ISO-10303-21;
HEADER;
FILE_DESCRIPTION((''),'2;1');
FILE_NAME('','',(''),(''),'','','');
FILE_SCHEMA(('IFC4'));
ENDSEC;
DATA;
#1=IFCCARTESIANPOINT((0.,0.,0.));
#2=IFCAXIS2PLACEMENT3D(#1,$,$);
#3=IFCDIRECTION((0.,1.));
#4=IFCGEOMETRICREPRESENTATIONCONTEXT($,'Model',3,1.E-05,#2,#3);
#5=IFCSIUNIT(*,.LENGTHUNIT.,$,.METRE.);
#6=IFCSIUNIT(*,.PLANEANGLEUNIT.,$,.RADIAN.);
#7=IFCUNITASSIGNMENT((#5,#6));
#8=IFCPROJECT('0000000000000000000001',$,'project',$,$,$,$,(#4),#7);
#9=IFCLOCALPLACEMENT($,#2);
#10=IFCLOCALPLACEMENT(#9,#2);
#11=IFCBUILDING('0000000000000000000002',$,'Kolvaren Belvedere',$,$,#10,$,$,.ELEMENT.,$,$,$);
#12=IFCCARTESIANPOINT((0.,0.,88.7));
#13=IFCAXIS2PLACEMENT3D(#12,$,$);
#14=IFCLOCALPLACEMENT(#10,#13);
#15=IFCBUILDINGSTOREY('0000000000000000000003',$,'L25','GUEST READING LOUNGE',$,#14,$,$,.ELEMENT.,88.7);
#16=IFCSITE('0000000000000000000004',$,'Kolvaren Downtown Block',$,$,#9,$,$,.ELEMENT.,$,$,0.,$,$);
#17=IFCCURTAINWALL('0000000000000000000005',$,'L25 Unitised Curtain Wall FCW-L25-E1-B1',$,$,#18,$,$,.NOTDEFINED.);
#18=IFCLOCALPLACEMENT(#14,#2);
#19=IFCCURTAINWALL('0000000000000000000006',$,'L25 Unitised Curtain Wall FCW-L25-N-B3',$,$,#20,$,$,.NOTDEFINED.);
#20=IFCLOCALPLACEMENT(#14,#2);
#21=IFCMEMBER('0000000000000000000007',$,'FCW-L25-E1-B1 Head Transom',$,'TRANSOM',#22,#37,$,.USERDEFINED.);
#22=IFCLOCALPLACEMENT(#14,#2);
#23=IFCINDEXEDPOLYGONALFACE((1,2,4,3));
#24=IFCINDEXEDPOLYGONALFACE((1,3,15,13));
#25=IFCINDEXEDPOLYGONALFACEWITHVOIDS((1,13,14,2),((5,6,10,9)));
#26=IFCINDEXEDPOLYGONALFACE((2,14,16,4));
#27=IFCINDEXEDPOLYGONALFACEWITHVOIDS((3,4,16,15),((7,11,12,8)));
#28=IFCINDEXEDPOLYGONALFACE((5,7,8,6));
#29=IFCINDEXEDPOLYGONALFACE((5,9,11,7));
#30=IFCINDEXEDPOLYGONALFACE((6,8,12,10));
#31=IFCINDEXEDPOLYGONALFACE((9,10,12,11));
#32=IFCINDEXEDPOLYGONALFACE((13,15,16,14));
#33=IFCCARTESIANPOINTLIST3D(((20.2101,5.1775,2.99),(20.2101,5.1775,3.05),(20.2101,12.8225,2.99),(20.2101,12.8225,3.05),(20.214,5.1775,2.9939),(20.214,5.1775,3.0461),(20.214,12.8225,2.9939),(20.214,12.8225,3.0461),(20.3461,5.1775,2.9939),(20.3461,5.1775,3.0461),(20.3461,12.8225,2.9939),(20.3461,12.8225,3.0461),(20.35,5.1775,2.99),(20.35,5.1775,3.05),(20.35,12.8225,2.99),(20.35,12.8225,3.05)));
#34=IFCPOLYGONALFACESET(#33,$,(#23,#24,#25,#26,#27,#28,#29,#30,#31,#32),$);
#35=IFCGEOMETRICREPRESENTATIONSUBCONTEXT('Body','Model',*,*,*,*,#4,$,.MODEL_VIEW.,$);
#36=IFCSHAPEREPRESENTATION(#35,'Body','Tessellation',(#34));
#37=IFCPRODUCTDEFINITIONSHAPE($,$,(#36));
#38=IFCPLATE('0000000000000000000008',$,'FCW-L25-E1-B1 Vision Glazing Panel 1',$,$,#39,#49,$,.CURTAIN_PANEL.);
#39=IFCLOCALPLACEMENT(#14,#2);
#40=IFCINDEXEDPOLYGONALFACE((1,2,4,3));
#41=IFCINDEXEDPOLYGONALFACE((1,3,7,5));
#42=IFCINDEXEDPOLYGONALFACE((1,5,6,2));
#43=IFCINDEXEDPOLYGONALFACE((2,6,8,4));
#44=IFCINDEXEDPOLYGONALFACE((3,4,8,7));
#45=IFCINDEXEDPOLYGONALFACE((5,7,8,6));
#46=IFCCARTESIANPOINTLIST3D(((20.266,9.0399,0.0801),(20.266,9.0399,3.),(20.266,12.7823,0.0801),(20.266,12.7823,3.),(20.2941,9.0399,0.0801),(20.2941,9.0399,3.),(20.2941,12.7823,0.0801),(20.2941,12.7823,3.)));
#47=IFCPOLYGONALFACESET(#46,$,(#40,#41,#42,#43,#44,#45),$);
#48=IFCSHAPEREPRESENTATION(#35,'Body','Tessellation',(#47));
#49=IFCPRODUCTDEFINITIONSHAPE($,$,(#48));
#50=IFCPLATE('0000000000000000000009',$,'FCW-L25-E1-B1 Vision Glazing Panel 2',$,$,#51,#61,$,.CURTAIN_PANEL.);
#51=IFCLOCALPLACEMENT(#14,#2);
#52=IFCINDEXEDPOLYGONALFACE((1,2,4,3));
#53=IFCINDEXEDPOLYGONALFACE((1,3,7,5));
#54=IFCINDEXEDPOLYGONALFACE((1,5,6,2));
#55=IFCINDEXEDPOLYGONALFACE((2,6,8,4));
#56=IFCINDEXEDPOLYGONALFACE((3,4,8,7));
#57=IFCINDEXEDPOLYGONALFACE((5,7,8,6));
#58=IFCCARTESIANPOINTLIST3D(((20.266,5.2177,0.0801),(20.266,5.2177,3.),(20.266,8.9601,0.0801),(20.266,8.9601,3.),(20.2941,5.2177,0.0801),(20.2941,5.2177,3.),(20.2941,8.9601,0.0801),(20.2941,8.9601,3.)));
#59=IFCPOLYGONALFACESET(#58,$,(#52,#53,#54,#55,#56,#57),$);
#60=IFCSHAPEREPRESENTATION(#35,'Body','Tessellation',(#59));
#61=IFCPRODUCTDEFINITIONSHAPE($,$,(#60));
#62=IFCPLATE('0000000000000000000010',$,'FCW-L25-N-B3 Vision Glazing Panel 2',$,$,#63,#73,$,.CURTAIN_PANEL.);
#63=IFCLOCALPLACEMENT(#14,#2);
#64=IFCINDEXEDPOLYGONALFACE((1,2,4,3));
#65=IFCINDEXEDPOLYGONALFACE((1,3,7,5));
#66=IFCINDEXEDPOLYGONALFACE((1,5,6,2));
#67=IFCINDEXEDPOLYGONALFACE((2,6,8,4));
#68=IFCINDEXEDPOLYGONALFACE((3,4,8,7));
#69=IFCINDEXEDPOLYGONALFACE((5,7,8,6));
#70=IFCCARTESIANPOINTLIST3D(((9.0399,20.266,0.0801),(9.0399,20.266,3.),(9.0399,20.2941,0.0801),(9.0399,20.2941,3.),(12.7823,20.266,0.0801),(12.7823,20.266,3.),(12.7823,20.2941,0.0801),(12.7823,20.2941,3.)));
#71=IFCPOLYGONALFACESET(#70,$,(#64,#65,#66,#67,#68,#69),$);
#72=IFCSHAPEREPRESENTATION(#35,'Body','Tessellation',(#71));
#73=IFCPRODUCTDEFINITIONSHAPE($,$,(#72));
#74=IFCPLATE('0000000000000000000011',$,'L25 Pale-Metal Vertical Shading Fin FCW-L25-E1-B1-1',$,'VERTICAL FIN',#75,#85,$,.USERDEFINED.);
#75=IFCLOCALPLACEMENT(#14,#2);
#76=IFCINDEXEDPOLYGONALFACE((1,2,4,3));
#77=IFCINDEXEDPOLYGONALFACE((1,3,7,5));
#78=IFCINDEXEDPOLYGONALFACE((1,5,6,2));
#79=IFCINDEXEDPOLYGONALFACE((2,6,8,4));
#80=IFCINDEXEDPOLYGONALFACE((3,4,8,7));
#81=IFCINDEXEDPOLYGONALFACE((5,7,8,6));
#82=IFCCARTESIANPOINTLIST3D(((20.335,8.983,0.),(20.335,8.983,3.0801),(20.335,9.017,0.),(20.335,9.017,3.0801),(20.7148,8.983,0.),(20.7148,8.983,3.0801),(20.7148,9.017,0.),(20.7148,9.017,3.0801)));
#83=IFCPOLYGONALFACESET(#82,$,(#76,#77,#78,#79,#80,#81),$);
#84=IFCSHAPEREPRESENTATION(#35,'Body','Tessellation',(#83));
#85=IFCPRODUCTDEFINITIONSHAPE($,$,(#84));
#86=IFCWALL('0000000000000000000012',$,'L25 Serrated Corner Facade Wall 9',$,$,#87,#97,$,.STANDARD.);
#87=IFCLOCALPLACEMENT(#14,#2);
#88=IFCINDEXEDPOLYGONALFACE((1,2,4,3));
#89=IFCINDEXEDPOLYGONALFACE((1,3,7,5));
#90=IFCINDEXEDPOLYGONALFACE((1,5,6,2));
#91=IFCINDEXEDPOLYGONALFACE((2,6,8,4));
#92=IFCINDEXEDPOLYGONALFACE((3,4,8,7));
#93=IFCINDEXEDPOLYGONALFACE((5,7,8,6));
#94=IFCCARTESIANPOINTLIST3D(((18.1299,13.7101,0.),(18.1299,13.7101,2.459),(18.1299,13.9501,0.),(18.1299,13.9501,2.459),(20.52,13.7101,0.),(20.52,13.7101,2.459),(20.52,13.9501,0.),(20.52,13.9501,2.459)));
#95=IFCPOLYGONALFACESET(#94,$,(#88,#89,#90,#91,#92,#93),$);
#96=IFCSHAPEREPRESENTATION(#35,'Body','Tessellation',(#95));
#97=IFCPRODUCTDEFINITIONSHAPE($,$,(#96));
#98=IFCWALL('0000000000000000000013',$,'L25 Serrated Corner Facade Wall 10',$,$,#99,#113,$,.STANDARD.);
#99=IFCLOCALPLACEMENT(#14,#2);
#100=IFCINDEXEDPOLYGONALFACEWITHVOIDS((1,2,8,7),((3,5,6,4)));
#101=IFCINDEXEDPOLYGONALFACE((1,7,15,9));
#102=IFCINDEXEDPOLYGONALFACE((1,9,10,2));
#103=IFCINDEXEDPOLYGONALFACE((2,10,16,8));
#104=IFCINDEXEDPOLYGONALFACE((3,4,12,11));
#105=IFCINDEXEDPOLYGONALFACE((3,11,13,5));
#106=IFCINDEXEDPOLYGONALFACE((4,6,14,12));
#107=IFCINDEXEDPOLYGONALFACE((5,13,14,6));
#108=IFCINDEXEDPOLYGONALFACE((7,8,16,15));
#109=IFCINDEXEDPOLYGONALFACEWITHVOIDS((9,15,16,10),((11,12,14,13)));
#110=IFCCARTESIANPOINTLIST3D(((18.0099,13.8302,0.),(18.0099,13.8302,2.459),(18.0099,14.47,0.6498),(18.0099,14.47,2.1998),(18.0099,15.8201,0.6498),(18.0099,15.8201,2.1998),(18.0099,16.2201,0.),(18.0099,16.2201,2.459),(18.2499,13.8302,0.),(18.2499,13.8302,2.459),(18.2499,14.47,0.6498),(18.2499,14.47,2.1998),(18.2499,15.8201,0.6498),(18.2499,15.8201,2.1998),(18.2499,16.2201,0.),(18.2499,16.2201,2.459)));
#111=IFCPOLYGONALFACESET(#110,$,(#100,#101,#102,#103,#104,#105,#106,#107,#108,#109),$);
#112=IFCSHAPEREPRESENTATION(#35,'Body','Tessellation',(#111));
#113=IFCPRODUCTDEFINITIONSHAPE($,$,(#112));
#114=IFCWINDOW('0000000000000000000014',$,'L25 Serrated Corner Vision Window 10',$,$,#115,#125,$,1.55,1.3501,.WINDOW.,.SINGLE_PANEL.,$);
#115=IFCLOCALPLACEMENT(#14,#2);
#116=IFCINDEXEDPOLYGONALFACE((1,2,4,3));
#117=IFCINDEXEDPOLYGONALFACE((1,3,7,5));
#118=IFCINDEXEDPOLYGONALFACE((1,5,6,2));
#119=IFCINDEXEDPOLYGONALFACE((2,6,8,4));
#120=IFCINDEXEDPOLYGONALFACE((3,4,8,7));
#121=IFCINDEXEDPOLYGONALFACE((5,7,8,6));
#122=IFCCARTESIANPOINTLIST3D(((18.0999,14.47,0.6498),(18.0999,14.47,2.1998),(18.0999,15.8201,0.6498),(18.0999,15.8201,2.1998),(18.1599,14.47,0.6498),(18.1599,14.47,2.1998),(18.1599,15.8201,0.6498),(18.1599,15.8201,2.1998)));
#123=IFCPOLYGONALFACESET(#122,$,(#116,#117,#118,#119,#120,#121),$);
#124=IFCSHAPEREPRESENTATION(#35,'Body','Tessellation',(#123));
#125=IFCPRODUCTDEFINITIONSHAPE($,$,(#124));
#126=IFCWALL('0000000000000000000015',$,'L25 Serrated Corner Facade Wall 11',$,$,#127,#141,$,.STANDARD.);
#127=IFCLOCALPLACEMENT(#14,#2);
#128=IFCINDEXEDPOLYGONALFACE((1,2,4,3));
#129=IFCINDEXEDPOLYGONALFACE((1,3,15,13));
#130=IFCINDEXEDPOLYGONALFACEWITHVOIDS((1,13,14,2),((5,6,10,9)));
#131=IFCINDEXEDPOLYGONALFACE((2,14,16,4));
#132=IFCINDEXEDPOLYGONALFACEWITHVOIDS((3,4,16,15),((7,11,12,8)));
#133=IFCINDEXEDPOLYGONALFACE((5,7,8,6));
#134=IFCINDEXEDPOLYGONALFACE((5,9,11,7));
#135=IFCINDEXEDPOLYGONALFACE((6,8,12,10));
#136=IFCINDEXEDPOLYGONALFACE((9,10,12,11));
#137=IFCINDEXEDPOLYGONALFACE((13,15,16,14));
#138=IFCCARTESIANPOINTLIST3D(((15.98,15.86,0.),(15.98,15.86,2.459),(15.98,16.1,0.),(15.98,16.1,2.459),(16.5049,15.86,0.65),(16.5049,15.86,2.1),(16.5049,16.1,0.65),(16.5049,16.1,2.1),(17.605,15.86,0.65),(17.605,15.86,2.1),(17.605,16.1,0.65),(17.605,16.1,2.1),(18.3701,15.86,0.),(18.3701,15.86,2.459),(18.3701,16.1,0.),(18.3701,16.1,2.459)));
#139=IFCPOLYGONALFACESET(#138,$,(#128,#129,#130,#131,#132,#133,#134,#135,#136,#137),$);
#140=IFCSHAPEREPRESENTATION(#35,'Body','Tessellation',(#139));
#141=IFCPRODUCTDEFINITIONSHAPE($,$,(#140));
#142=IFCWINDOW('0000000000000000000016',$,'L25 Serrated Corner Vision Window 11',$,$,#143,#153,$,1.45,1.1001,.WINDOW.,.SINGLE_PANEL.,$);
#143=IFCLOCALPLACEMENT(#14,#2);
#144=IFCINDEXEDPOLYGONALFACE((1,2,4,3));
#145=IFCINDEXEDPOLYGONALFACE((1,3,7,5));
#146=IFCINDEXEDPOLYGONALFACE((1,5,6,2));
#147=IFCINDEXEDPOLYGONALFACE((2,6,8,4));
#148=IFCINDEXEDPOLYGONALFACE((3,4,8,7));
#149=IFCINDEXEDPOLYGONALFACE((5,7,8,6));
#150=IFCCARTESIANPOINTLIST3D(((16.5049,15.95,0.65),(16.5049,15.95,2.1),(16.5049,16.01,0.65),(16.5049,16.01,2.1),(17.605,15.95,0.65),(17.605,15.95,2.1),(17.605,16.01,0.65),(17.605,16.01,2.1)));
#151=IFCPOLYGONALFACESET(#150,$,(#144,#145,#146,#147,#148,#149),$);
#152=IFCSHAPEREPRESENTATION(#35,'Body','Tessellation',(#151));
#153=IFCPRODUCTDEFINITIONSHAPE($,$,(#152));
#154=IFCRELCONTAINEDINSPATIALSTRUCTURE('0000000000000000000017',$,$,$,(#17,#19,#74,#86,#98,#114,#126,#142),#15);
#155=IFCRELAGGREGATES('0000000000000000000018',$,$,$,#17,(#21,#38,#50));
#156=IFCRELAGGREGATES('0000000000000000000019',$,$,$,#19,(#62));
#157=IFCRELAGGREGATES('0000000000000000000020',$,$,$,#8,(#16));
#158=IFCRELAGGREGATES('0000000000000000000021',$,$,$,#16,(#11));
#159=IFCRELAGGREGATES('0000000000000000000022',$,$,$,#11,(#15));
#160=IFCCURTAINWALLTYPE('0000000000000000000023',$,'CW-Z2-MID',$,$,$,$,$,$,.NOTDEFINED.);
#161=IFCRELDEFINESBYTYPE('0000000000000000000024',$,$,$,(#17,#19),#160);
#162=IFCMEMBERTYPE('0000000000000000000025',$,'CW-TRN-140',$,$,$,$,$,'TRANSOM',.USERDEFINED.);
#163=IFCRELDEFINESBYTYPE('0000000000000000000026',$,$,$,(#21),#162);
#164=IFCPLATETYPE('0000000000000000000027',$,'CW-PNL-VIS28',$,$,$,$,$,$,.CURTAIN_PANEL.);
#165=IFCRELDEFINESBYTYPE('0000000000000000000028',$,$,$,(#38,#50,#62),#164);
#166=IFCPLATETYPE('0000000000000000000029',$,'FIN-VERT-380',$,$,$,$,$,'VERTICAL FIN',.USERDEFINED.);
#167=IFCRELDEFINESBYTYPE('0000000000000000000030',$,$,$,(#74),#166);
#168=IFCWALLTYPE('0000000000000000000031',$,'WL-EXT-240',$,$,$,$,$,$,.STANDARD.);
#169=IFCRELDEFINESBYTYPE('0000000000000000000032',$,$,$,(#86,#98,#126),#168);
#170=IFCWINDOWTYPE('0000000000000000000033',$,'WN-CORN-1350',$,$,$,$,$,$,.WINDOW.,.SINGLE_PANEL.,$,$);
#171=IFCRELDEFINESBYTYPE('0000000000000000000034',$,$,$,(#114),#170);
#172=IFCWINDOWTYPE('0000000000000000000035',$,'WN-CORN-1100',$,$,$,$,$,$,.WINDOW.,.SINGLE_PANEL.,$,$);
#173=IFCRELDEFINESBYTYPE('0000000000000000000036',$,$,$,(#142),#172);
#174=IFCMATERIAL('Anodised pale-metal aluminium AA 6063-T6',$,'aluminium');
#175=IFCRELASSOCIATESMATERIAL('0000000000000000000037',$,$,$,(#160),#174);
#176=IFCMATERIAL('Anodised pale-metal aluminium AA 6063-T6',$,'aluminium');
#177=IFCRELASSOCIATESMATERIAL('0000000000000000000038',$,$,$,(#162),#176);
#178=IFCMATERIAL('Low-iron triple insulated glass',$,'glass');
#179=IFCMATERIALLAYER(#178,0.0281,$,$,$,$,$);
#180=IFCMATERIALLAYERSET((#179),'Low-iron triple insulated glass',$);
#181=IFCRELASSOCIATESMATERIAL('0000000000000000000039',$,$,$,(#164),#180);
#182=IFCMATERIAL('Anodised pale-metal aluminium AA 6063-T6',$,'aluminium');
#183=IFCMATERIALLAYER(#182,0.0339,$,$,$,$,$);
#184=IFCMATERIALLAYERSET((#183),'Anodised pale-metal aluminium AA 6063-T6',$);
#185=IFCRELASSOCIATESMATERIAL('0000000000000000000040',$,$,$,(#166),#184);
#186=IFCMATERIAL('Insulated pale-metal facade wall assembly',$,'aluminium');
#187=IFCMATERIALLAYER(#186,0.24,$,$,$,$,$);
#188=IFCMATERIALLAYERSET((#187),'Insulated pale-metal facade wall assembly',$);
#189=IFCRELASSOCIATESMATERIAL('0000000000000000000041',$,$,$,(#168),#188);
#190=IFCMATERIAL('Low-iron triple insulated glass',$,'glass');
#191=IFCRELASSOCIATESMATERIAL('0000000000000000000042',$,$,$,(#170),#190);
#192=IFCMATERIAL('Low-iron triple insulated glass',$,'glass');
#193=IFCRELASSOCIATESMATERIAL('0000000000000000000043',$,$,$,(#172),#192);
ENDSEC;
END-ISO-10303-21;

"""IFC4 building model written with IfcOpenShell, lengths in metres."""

from ifc_helpers import new_model, si_unit, direction, frame, frame_2d, origin, origin_2d, place, context, subcontext, project, spatial, rectangle, hollow_rectangle, extrude, material, layer, layer_set, material_profile, profile_set, type_object, element, fill, aggregate, save


model = new_model("IFC4")

# Units and contexts
model_context = context("Model", 3, precision=1e-05, world=origin(), true_north=direction((0.0, 1.0)))
body_context = subcontext(model_context, "Body", "Model", "MODEL_VIEW")
ifc_project = project(units=[si_unit("LENGTHUNIT", "METRE"), si_unit("PLANEANGLEUNIT", "RADIAN")], contexts=[model_context])

# Site, building, storey
site_placement = place(None, origin())
site = spatial("IfcSite", under=ifc_project, at=site_placement, Name="Kolvaren Downtown Block", CompositionType="ELEMENT", RefElevation=0.0)
building_placement = place(site_placement, origin())
building = spatial("IfcBuilding", under=site, at=building_placement, Name="Kolvaren Belvedere", CompositionType="ELEMENT")
storey_placement = place(building_placement, frame((0.0, 0.0, 88.7)))
storey = spatial("IfcBuildingStorey", under=building, at=storey_placement, Name="L25", Description="GUEST READING LOUNGE", CompositionType="ELEMENT", Elevation=88.7)

# Curtain wall
ifc_material_1 = material(Name="Anodised pale-metal aluminium AA 6063-T6", Category="aluminium")
curtain_wall_type = type_object("IfcCurtainWallType", Name="CW-Z2-MID", PredefinedType="NOTDEFINED", material=ifc_material_1)
curtain_wall_1_placement = place(storey_placement, origin())
curtain_wall_1 = element("IfcCurtainWall", 1, at=curtain_wall_1_placement, inside=storey, type_object=curtain_wall_type, Name="L25 Unitised Curtain Wall FCW-L25-E1-B1", PredefinedType="NOTDEFINED")

# Curtain wall
curtain_wall_2_placement = place(storey_placement, origin())
curtain_wall_2 = element("IfcCurtainWall", 2, at=curtain_wall_2_placement, inside=storey, type_object=curtain_wall_type, Name="L25 Unitised Curtain Wall FCW-L25-N-B3", PredefinedType="NOTDEFINED")

# Member
ifc_material_2 = material(Name="Anodised pale-metal aluminium AA 6063-T6", Category="aluminium")
ifc_material_profile_1 = material_profile(ifc_material_2, hollow_rectangle(XDim=0.0601, YDim=0.1399, WallThickness=0.0039, at=origin_2d()), Name="ALU-TRN-140X60")
ifc_profile_set_1 = profile_set([ifc_material_profile_1], Name="Anodised pale-metal aluminium AA 6063-T6")
member_type_1 = type_object("IfcMemberType", Name="CW-TRN-140", ElementType="TRANSOM", PredefinedType="USERDEFINED", material=ifc_profile_set_1)
member_1_placement = place(storey_placement, frame((20.28, 12.8225, 3.02), z_axis=(0.0, -1.0, 0.0), x_axis=(0.0, 0.0, 1.0)))
member_1 = element("IfcMember", 3, at=member_1_placement, type_object=member_type_1, Name="FCW-L25-E1-B1 Head Transom", ObjectType="TRANSOM", PredefinedType="USERDEFINED", context=body_context, shape_type="SweptSolid", body=[
    extrude(hollow_rectangle(XDim=0.0601, YDim=0.1399, WallThickness=0.0039, at=origin_2d()), origin(), (0.0, 0.0, 1.0), 7.645),
])

# Plates
ifc_material_3 = material(Name="Low-iron triple insulated glass", Category="glass")
ifc_layer_1 = layer(ifc_material_3, 0.0281)
ifc_layer_set_1 = layer_set([ifc_layer_1], Name="Low-iron triple insulated glass")
plate_type_1 = type_object("IfcPlateType", Name="CW-PNL-VIS28", PredefinedType="CURTAIN_PANEL", material=ifc_layer_set_1)
plate_1_placement = place(storey_placement, frame((20.28, 10.9111, 0.0801), z_axis=(0.0, 0.0, 1.0), x_axis=(0.0, -1.0, 0.0)))
plate_1 = element("IfcPlate", 4, at=plate_1_placement, type_object=plate_type_1, Name="FCW-L25-E1-B1 Vision Glazing Panel 1", PredefinedType="CURTAIN_PANEL", context=body_context, shape_type="SweptSolid", body=[
    extrude(rectangle(XDim=3.7424, YDim=0.0281, at=origin_2d()), origin(), (0.0, 0.0, 1.0), 2.9199),
])
plate_2_placement = place(storey_placement, frame((20.28, 7.0889, 0.0801), z_axis=(0.0, 0.0, 1.0), x_axis=(0.0, -1.0, 0.0)))
plate_2 = element("IfcPlate", 5, at=plate_2_placement, type_object=plate_type_1, Name="FCW-L25-E1-B1 Vision Glazing Panel 2", PredefinedType="CURTAIN_PANEL", context=body_context, shape_type="SweptSolid", body=[
    extrude(rectangle(XDim=3.7424, YDim=0.0281, at=origin_2d()), origin(), (0.0, 0.0, 1.0), 2.9199),
])
aggregate(curtain_wall_1, [member_1, plate_1, plate_2])
plate_3_placement = place(storey_placement, frame((10.9111, 20.28, 0.0801), z_axis=(0.0, 0.0, 1.0), x_axis=(1.0, 0.0, 0.0)))
plate_3 = element("IfcPlate", 6, at=plate_3_placement, type_object=plate_type_1, Name="FCW-L25-N-B3 Vision Glazing Panel 2", PredefinedType="CURTAIN_PANEL", context=body_context, shape_type="SweptSolid", body=[
    extrude(rectangle(XDim=3.7424, YDim=0.0281, at=origin_2d()), origin(), (0.0, 0.0, 1.0), 2.9199),
])
aggregate(curtain_wall_2, [plate_3])
ifc_material_4 = material(Name="Anodised pale-metal aluminium AA 6063-T6", Category="aluminium")
ifc_layer_2 = layer(ifc_material_4, 0.0339)
ifc_layer_set_2 = layer_set([ifc_layer_2], Name="Anodised pale-metal aluminium AA 6063-T6")
plate_type_2 = type_object("IfcPlateType", Name="FIN-VERT-380", ElementType="VERTICAL FIN", PredefinedType="USERDEFINED", material=ifc_layer_set_2)
plate_4_placement = place(storey_placement, frame((20.5249, 9.0, 0.0), z_axis=(0.0, 0.0, 1.0), x_axis=(1.0, 0.0, 0.0)))
element("IfcPlate", 7, at=plate_4_placement, inside=storey, type_object=plate_type_2, Name="L25 Pale-Metal Vertical Shading Fin FCW-L25-E1-B1-1", ObjectType="VERTICAL FIN", PredefinedType="USERDEFINED", context=body_context, shape_type="SweptSolid", body=[
    extrude(rectangle(XDim=0.3799, YDim=0.0339, at=origin_2d()), origin(), (0.0, 0.0, 1.0), 3.0801),
])

# Wall
ifc_material_5 = material(Name="Insulated pale-metal facade wall assembly", Category="aluminium")
ifc_layer_3 = layer(ifc_material_5, 0.24)
ifc_layer_set_3 = layer_set([ifc_layer_3], Name="Insulated pale-metal facade wall assembly")
wall_type_1 = type_object("IfcWallType", Name="WL-EXT-240", PredefinedType="STANDARD", material=ifc_layer_set_3)
wall_1_placement = place(storey_placement, frame((18.1299, 13.8301, 0.0), z_axis=(0.0, 0.0, 1.0), x_axis=(1.0, 0.0, 0.0)))
element("IfcWall", 8, at=wall_1_placement, inside=storey, type_object=wall_type_1, Name="L25 Serrated Corner Facade Wall 9", PredefinedType="STANDARD", context=body_context, shape_type="SweptSolid", body=[
    extrude(rectangle(XDim=2.3901, YDim=0.24, at=frame_2d((1.1951, 0.0))), origin(), (0.0, 0.0, 1.0), 2.459),
])

# Walls, openings, windows
wall_2_placement = place(storey_placement, frame((18.1299, 16.22, 0.0), z_axis=(0.0, 0.0, 1.0), x_axis=(0.0, -1.0, 0.0)))
wall_2 = element("IfcWall", 9, at=wall_2_placement, inside=storey, type_object=wall_type_1, Name="L25 Serrated Corner Facade Wall 10", PredefinedType="STANDARD", context=body_context, shape_type="SweptSolid", body=[
    extrude(rectangle(XDim=2.3899, YDim=0.24, at=frame_2d((1.1948, 0.0))), origin(), (0.0, 0.0, 1.0), 2.459),
])
opening_1_placement = place(wall_2_placement, frame((0.3999, 0.0, 0.6499)))
opening_1 = element("IfcOpeningElement", 10, at=opening_1_placement, cuts=wall_2, PredefinedType="OPENING", context=body_context, shape_type="SweptSolid", body=[
    extrude(rectangle(XDim=1.3501, YDim=1.55, at=frame_2d((0.675, 0.7749))), frame((0.0, 0.1299, 0.0), z_axis=(0.0, -1.0, 0.0), x_axis=(1.0, 0.0, 0.0)), (0.0, 0.0, 1.0), 0.26),
])
ifc_material_6 = material(Name="Low-iron triple insulated glass", Category="glass")
window_type_1 = type_object("IfcWindowType", Name="WN-CORN-1350", PartitioningType="SINGLE_PANEL", PredefinedType="WINDOW", material=ifc_material_6)
window_1_placement = place(opening_1_placement, origin())
window_1 = element("IfcWindow", 11, at=window_1_placement, inside=storey, type_object=window_type_1, Name="L25 Serrated Corner Vision Window 10", OverallHeight=1.55, OverallWidth=1.3501, PartitioningType="SINGLE_PANEL", PredefinedType="WINDOW", context=body_context, shape_type="SweptSolid", body=[
    extrude(rectangle(XDim=1.3501, YDim=1.55, at=frame_2d((0.675, 0.7749))), frame((0.0, 0.03, 0.0), z_axis=(0.0, -1.0, 0.0), x_axis=(1.0, 0.0, 0.0)), (0.0, 0.0, 1.0), 0.0601),
])
fill(opening_1, window_1)
wall_3_placement = place(storey_placement, frame((15.98, 15.98, 0.0), z_axis=(0.0, 0.0, 1.0), x_axis=(1.0, 0.0, 0.0)))
wall_3 = element("IfcWall", 12, at=wall_3_placement, inside=storey, type_object=wall_type_1, Name="L25 Serrated Corner Facade Wall 11", PredefinedType="STANDARD", context=body_context, shape_type="SweptSolid", body=[
    extrude(rectangle(XDim=2.3901, YDim=0.24, at=frame_2d((1.1951, 0.0))), origin(), (0.0, 0.0, 1.0), 2.459),
])
opening_2_placement = place(wall_3_placement, frame((0.5249, 0.0, 0.6499)))
opening_2 = element("IfcOpeningElement", 13, at=opening_2_placement, cuts=wall_3, PredefinedType="OPENING", context=body_context, shape_type="SweptSolid", body=[
    extrude(rectangle(XDim=1.1001, YDim=1.45, at=frame_2d((0.55, 0.7251))), frame((0.0, 0.1299, 0.0), z_axis=(0.0, -1.0, 0.0), x_axis=(1.0, 0.0, 0.0)), (0.0, 0.0, 1.0), 0.26),
])
ifc_material_7 = material(Name="Low-iron triple insulated glass", Category="glass")
window_type_2 = type_object("IfcWindowType", Name="WN-CORN-1100", PartitioningType="SINGLE_PANEL", PredefinedType="WINDOW", material=ifc_material_7)
window_2_placement = place(opening_2_placement, origin())
window_2 = element("IfcWindow", 14, at=window_2_placement, inside=storey, type_object=window_type_2, Name="L25 Serrated Corner Vision Window 11", OverallHeight=1.45, OverallWidth=1.1001, PartitioningType="SINGLE_PANEL", PredefinedType="WINDOW", context=body_context, shape_type="SweptSolid", body=[
    extrude(rectangle(XDim=1.1001, YDim=1.45, at=frame_2d((0.55, 0.7251))), frame((0.0, 0.03, 0.0), z_axis=(0.0, -1.0, 0.0), x_axis=(1.0, 0.0, 0.0)), (0.0, 0.0, 1.0), 0.0601),
])
fill(opening_2, window_2)

save(model, "model.ifc")
